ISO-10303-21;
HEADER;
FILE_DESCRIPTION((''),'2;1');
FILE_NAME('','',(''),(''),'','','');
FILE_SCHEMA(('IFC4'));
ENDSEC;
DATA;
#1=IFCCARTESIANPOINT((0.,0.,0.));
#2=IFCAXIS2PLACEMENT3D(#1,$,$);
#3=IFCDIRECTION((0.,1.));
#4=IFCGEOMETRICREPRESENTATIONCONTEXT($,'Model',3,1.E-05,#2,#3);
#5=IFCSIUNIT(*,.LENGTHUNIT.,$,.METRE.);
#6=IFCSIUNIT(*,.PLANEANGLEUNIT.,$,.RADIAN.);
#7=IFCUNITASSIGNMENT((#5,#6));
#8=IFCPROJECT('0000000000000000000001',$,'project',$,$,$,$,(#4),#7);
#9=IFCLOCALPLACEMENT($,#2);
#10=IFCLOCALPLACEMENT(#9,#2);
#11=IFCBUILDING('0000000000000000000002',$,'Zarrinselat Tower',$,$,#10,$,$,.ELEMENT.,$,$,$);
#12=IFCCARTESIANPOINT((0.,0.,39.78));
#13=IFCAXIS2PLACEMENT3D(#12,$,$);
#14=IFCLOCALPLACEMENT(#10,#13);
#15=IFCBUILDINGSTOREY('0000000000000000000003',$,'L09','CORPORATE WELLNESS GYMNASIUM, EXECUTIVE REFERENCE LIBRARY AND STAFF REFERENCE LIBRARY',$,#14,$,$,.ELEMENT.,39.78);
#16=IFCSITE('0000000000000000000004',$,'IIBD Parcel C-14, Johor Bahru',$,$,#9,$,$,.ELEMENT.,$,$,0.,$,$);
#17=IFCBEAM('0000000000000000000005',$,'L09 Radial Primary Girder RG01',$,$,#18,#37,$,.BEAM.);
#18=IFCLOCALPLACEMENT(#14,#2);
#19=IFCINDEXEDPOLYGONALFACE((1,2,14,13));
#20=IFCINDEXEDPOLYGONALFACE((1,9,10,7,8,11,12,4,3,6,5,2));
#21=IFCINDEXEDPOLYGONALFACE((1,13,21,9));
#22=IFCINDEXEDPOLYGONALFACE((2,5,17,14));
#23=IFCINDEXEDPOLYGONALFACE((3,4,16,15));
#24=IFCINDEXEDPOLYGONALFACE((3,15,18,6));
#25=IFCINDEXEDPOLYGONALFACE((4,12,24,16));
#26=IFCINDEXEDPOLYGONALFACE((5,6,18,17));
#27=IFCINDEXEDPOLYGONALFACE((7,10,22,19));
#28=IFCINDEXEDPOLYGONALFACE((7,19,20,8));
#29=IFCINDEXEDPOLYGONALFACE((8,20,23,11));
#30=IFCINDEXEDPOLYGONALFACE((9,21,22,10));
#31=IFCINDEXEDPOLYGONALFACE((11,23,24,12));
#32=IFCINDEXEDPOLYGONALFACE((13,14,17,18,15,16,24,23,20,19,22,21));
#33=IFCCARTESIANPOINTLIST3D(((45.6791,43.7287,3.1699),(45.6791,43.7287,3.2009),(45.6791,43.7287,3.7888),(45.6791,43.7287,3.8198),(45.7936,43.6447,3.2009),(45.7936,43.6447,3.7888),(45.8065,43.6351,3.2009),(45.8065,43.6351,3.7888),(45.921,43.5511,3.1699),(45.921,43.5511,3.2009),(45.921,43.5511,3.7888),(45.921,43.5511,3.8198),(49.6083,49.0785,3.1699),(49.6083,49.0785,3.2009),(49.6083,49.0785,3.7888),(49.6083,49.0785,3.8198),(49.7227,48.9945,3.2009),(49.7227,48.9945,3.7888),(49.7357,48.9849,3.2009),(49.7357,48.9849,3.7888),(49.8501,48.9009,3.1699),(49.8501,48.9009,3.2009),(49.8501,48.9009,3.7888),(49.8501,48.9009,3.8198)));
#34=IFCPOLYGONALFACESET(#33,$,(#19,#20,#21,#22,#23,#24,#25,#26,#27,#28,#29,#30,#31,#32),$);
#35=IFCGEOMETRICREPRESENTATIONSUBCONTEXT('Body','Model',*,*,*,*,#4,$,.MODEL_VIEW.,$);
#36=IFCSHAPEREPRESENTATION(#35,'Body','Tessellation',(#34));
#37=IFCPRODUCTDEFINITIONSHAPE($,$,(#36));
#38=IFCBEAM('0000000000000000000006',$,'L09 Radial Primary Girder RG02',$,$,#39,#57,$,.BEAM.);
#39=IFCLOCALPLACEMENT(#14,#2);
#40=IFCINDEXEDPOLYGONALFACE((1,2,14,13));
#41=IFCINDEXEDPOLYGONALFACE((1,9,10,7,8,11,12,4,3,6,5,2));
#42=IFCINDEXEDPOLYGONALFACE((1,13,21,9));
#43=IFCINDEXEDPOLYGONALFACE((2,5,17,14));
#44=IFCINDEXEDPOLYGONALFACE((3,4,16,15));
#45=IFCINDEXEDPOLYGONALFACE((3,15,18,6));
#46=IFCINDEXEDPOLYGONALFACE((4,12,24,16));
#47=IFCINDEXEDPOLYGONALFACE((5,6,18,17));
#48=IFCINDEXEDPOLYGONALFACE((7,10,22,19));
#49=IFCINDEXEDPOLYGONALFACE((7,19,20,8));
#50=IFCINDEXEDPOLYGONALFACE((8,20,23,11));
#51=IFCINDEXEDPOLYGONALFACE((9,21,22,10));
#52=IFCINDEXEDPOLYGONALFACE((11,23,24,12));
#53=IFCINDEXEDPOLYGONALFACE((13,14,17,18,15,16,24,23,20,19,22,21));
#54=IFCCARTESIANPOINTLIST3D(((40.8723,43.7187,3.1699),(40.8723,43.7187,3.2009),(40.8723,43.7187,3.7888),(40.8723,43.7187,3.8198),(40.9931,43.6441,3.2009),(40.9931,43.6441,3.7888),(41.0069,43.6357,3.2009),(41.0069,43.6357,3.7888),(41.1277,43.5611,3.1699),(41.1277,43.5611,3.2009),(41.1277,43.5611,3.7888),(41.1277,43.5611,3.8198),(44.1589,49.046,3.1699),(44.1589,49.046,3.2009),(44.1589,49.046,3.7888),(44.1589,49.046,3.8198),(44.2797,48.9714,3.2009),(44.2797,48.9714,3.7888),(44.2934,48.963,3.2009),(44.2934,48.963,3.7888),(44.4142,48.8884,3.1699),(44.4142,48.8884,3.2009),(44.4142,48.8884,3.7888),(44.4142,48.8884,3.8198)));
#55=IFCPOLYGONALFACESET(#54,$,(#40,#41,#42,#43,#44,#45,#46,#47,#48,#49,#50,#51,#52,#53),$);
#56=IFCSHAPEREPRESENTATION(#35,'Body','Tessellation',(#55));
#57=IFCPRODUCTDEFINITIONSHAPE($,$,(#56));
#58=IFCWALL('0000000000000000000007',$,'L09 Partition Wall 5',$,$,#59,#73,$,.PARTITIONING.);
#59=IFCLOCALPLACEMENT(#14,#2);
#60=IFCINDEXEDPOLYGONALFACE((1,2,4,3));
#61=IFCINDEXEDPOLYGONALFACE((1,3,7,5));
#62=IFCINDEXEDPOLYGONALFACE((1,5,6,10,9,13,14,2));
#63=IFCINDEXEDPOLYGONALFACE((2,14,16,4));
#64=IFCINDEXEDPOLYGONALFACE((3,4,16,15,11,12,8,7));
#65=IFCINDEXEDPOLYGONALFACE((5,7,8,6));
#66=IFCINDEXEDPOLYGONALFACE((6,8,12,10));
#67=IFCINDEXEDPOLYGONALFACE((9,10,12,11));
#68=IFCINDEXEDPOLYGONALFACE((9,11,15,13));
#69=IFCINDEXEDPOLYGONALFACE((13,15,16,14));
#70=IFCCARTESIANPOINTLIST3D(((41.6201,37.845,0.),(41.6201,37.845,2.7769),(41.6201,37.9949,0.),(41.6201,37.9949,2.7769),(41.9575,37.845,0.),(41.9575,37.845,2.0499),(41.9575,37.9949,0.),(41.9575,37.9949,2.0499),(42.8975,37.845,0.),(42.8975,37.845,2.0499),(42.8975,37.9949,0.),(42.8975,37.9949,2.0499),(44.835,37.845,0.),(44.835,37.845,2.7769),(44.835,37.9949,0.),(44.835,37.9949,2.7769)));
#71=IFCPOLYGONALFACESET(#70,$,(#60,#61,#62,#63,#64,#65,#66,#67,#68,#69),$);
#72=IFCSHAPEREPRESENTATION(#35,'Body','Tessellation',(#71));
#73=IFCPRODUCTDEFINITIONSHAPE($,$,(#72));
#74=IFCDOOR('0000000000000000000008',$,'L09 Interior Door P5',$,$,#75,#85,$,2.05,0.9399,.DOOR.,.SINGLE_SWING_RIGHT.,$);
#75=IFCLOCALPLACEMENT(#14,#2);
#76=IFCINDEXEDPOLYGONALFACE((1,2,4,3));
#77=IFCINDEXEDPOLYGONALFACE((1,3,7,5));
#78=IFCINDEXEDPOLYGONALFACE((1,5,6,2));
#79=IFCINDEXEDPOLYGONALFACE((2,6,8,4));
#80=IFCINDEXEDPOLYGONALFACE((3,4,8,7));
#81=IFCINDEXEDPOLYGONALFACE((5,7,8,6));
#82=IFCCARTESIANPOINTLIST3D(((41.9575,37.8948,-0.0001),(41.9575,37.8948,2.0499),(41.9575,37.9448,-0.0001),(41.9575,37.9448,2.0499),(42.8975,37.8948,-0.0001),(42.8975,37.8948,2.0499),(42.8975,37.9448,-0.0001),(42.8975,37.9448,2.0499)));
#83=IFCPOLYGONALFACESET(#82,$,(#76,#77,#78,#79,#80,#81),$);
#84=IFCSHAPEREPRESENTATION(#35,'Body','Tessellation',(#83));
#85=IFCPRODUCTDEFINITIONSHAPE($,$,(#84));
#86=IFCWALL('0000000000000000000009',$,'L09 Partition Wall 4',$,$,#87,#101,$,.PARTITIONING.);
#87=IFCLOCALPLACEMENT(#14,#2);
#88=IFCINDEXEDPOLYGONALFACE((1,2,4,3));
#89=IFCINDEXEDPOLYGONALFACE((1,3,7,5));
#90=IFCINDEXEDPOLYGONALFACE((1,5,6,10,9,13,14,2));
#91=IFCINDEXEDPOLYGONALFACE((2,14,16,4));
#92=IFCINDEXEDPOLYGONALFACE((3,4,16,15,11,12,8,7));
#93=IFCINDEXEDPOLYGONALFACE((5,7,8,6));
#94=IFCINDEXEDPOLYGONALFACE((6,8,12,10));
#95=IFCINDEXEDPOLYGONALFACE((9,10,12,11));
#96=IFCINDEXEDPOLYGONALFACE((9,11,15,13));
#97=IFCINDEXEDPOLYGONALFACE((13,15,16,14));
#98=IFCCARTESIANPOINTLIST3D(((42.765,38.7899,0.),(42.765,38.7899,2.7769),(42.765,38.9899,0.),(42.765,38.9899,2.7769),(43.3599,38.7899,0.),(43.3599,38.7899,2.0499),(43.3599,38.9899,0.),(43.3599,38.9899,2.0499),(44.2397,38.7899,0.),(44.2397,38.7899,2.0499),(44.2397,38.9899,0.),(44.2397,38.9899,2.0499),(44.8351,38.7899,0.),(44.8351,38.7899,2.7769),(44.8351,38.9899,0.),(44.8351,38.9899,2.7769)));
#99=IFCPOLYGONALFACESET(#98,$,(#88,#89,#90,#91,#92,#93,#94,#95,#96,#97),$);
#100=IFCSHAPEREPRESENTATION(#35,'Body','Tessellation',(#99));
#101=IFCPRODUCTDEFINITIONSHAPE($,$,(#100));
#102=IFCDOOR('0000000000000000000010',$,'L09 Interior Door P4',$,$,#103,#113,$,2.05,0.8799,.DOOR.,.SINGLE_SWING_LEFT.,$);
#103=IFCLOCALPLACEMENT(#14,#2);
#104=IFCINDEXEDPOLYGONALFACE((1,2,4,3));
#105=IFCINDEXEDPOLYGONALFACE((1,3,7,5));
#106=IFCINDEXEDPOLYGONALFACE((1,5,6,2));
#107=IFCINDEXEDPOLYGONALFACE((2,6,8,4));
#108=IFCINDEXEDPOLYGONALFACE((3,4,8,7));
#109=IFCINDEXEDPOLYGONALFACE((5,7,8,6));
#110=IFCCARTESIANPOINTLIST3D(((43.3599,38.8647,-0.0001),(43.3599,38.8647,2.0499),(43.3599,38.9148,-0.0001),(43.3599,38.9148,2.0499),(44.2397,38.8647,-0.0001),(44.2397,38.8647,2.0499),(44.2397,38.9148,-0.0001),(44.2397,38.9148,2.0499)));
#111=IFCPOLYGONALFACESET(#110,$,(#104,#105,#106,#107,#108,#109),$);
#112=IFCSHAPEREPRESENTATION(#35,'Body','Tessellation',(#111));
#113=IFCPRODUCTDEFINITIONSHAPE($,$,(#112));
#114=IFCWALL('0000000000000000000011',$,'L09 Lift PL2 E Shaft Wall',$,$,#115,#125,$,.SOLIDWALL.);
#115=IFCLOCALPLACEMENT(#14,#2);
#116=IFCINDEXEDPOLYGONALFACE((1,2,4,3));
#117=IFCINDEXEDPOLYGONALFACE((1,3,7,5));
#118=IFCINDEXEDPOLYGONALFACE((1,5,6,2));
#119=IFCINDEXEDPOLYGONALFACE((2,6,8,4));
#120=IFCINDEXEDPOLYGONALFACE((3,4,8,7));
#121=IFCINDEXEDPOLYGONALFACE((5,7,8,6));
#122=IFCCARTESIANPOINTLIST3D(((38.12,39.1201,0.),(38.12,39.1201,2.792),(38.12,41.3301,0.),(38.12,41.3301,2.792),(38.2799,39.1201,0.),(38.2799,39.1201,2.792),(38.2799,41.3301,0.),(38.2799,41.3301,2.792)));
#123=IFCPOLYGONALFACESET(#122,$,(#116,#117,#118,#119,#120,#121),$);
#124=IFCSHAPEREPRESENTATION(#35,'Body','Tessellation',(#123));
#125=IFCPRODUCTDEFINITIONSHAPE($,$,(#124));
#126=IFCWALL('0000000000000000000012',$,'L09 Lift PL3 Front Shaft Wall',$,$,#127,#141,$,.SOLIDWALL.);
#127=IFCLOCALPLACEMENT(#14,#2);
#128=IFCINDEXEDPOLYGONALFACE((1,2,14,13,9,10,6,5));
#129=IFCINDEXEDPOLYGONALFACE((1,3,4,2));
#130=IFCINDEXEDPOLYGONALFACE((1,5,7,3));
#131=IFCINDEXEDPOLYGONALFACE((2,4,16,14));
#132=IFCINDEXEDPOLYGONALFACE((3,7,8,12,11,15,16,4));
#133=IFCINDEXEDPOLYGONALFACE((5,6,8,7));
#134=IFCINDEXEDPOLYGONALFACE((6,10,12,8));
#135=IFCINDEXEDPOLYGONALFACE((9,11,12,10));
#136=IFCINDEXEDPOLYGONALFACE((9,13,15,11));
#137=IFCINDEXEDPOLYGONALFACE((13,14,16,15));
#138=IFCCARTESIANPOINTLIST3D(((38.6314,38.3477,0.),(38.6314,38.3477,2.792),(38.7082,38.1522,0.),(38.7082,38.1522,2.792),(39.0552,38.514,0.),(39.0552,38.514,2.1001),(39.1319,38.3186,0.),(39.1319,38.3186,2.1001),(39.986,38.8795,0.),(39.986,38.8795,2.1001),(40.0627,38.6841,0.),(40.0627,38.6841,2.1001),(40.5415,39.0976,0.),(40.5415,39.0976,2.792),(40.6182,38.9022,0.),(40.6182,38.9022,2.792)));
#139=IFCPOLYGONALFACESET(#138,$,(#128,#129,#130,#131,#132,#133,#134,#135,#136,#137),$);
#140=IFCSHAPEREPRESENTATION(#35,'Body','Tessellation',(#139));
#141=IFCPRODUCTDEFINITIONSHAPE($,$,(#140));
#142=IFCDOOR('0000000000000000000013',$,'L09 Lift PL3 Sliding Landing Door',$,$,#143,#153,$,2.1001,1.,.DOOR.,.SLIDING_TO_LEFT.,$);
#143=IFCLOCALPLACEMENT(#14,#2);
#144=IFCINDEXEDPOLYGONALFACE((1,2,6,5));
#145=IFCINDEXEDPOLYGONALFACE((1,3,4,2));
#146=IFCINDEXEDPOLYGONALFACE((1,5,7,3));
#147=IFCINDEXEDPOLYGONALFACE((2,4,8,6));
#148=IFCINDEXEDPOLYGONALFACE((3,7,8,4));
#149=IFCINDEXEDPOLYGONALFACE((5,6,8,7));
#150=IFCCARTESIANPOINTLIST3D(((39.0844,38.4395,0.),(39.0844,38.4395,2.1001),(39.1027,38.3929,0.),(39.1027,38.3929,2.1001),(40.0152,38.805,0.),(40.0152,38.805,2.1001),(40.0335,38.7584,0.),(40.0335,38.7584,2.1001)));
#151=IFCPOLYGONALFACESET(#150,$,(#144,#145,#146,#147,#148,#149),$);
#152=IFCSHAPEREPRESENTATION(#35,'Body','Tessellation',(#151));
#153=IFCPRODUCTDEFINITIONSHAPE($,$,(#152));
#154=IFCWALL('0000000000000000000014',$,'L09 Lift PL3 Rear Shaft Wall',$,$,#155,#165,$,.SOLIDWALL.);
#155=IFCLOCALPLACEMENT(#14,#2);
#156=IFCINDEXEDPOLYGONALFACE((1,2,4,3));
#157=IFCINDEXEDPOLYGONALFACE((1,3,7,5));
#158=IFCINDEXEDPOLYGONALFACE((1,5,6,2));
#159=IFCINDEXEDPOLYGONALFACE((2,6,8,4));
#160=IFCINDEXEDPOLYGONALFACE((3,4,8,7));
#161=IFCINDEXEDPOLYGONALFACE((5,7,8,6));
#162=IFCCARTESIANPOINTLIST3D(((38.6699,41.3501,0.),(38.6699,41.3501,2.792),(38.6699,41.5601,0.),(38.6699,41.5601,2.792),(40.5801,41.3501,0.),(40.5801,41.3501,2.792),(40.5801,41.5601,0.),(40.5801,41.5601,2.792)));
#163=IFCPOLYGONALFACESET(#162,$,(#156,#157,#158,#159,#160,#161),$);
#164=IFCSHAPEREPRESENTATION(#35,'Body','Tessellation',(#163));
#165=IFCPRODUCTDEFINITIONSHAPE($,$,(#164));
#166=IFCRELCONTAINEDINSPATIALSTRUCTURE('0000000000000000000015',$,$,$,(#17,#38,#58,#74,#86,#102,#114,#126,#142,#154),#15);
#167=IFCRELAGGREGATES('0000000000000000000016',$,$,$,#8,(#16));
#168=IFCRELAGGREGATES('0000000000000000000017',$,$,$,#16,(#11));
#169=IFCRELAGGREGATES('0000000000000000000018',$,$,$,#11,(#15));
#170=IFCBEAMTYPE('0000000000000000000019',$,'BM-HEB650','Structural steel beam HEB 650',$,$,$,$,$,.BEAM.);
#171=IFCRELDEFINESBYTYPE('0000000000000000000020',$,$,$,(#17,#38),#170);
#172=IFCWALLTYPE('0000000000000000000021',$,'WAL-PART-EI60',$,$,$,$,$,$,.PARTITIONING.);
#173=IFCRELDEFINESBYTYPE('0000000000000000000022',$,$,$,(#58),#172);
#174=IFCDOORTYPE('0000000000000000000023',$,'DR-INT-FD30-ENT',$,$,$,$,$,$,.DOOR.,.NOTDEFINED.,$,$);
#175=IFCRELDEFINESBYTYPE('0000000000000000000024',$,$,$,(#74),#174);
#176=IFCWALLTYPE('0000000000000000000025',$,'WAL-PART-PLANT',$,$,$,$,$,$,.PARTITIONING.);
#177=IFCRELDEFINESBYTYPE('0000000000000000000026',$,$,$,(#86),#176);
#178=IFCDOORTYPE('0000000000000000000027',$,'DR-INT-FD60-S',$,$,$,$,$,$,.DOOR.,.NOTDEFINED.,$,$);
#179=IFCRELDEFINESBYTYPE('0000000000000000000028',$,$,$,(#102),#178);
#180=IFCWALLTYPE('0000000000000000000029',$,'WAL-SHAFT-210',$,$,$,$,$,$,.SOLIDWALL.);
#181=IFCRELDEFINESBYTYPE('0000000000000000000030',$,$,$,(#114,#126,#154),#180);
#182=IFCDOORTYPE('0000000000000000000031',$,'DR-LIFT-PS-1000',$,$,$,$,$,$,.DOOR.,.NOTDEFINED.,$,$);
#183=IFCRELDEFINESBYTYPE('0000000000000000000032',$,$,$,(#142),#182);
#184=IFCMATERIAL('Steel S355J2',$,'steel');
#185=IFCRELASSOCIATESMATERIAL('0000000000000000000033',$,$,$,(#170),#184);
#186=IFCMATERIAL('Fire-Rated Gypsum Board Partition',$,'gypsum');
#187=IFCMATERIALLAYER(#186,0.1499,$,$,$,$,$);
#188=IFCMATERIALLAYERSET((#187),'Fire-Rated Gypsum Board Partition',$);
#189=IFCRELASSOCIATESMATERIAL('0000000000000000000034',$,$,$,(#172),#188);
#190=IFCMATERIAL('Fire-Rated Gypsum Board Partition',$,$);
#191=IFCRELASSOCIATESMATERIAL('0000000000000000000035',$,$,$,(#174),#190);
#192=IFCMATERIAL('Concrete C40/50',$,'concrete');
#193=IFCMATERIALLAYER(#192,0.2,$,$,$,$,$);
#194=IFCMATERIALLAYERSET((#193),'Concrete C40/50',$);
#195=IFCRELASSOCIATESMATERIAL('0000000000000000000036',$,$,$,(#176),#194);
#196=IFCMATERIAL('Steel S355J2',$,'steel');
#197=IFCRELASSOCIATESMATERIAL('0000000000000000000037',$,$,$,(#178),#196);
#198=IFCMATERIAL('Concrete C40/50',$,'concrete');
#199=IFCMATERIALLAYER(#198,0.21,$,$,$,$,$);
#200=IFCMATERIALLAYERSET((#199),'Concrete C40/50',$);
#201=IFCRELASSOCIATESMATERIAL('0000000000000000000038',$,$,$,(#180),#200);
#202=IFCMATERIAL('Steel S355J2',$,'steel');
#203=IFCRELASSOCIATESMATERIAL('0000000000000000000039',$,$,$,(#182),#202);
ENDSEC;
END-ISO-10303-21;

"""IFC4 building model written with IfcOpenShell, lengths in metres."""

from ifc_helpers import new_model, si_unit, direction, frame, frame_2d, origin, origin_2d, place, context, subcontext, project, spatial, rectangle, i_section, extrude, material, layer, layer_set, material_profile, profile_set, type_object, element, fill, save


model = new_model("IFC4")

# Units and contexts
model_context = context("Model", 3, precision=1e-05, world=origin(), true_north=direction((0.0, 1.0)))
body_context = subcontext(model_context, "Body", "Model", "MODEL_VIEW")
ifc_project = project(units=[si_unit("LENGTHUNIT", "METRE"), si_unit("PLANEANGLEUNIT", "RADIAN")], contexts=[model_context])

# Site, building, storey
site_placement = place(None, origin())
site = spatial("IfcSite", under=ifc_project, at=site_placement, Name="IIBD Parcel C-14, Johor Bahru", CompositionType="ELEMENT", RefElevation=0.0)
building_placement = place(site_placement, origin())
building = spatial("IfcBuilding", under=site, at=building_placement, Name="Zarrinselat Tower", CompositionType="ELEMENT")
storey_placement = place(building_placement, frame((0.0, 0.0, 39.78)))
storey = spatial("IfcBuildingStorey", under=building, at=storey_placement, Name="L09", Description="CORPORATE WELLNESS GYMNASIUM, EXECUTIVE REFERENCE LIBRARY AND STAFF REFERENCE LIBRARY", CompositionType="ELEMENT", Elevation=39.78)

# Beams
ifc_material_1 = material(Name="Steel S355J2", Category="steel")
ifc_material_profile = material_profile(ifc_material_1, i_section(OverallWidth=0.3, OverallDepth=0.6499, WebThickness=0.0161, FlangeThickness=0.031, at=origin_2d()), Name="HEB 650")
ifc_profile_set = profile_set([ifc_material_profile], Name="Steel S355J2")
beam_type = type_object("IfcBeamType", Name="BM-HEB650", Description="Structural steel beam HEB 650", PredefinedType="BEAM", material=ifc_profile_set)
beam_1_placement = place(storey_placement, frame((45.8, 43.6399, 3.4949), z_axis=(0.591949, 0.805976, 0.0), x_axis=(-0.805976, 0.591949, 0.0)))
element("IfcBeam", 1, at=beam_1_placement, inside=storey, type_object=beam_type, Name="L09 Radial Primary Girder RG01", PredefinedType="BEAM", context=body_context, shape_type="SweptSolid", body=[
    extrude(i_section(OverallWidth=0.3, OverallDepth=0.6499, WebThickness=0.0161, FlangeThickness=0.031, at=origin_2d()), origin(), (0.0, 0.0, 1.0), 6.6377),
])
beam_2_placement = place(storey_placement, frame((41.0, 43.6399, 3.4949), z_axis=(0.52505, 0.851071, 0.0), x_axis=(-0.851071, 0.52505, 0.0)))
element("IfcBeam", 2, at=beam_2_placement, inside=storey, type_object=beam_type, Name="L09 Radial Primary Girder RG02", PredefinedType="BEAM", context=body_context, shape_type="SweptSolid", body=[
    extrude(i_section(OverallWidth=0.3, OverallDepth=0.6499, WebThickness=0.0161, FlangeThickness=0.031, at=origin_2d()), origin(), (0.0, 0.0, 1.0), 6.2595),
])

# Walls, openings, doors
ifc_material_2 = material(Name="Fire-Rated Gypsum Board Partition", Category="gypsum")
ifc_layer_1 = layer(ifc_material_2, 0.1499)
ifc_layer_set_1 = layer_set([ifc_layer_1], Name="Fire-Rated Gypsum Board Partition")
wall_type_1 = type_object("IfcWallType", Name="WAL-PART-EI60", PredefinedType="PARTITIONING", material=ifc_layer_set_1)
wall_1_placement = place(storey_placement, frame((41.6201, 37.9199, 0.0), z_axis=(0.0, 0.0, 1.0), x_axis=(1.0, 0.0, 0.0)))
wall_1 = element("IfcWall", 3, at=wall_1_placement, inside=storey, type_object=wall_type_1, Name="L09 Partition Wall 5", PredefinedType="PARTITIONING", context=body_context, shape_type="SweptSolid", body=[
    extrude(rectangle(XDim=3.2148, YDim=0.1499, at=frame_2d((1.6074, 0.0))), origin(), (0.0, 0.0, 1.0), 2.7769),
])
opening_1_placement = place(wall_1_placement, frame((0.3374, 0.0, 0.0)))
opening_1 = element("IfcOpeningElement", 4, at=opening_1_placement, cuts=wall_1, PredefinedType="OPENING", context=body_context, shape_type="SweptSolid", body=[
    extrude(rectangle(XDim=0.9399, YDim=2.05, at=frame_2d((0.47, 1.0249))), frame((0.0, 0.085, 0.0), z_axis=(0.0, -1.0, 0.0), x_axis=(1.0, 0.0, 0.0)), (0.0, 0.0, 1.0), 0.1699),
])
ifc_material_3 = material(Name="Fire-Rated Gypsum Board Partition")
door_type_1 = type_object("IfcDoorType", Name="DR-INT-FD30-ENT", OperationType="NOTDEFINED", PredefinedType="DOOR", material=ifc_material_3)
door_1_placement = place(opening_1_placement, origin())
door_1 = element("IfcDoor", 5, at=door_1_placement, inside=storey, type_object=door_type_1, Name="L09 Interior Door P5", OperationType="SINGLE_SWING_RIGHT", OverallHeight=2.05, OverallWidth=0.9399, PredefinedType="DOOR", context=body_context, shape_type="SweptSolid", body=[
    extrude(rectangle(XDim=0.9399, YDim=2.05, at=frame_2d((0.47, 1.0249))), frame((0.0, 0.0249, 0.0), z_axis=(0.0, -1.0, 0.0), x_axis=(1.0, 0.0, 0.0)), (0.0, 0.0, 1.0), 0.05),
])
fill(opening_1, door_1)
ifc_material_4 = material(Name="Concrete C40/50", Category="concrete")
ifc_layer_2 = layer(ifc_material_4, 0.2)
ifc_layer_set_2 = layer_set([ifc_layer_2], Name="Concrete C40/50")
wall_type_2 = type_object("IfcWallType", Name="WAL-PART-PLANT", PredefinedType="PARTITIONING", material=ifc_layer_set_2)
wall_2_placement = place(storey_placement, frame((42.7649, 38.8899, 0.0), z_axis=(0.0, 0.0, 1.0), x_axis=(1.0, 0.0, 0.0)))
wall_2 = element("IfcWall", 6, at=wall_2_placement, inside=storey, type_object=wall_type_2, Name="L09 Partition Wall 4", PredefinedType="PARTITIONING", context=body_context, shape_type="SweptSolid", body=[
    extrude(rectangle(XDim=2.0701, YDim=0.2, at=frame_2d((1.0352, 0.0))), origin(), (0.0, 0.0, 1.0), 2.7769),
])
opening_2_placement = place(wall_2_placement, frame((0.595, 0.0, 0.0)))
opening_2 = element("IfcOpeningElement", 7, at=opening_2_placement, cuts=wall_2, PredefinedType="OPENING", context=body_context, shape_type="SweptSolid", body=[
    extrude(rectangle(XDim=0.8799, YDim=2.05, at=frame_2d((0.4399, 1.0249))), frame((0.0, 0.1099, 0.0), z_axis=(0.0, -1.0, 0.0), x_axis=(1.0, 0.0, 0.0)), (0.0, 0.0, 1.0), 0.22),
])
ifc_material_5 = material(Name="Steel S355J2", Category="steel")
door_type_2 = type_object("IfcDoorType", Name="DR-INT-FD60-S", OperationType="NOTDEFINED", PredefinedType="DOOR", material=ifc_material_5)
door_2_placement = place(opening_2_placement, origin())
door_2 = element("IfcDoor", 8, at=door_2_placement, inside=storey, type_object=door_type_2, Name="L09 Interior Door P4", OperationType="SINGLE_SWING_LEFT", OverallHeight=2.05, OverallWidth=0.8799, PredefinedType="DOOR", context=body_context, shape_type="SweptSolid", body=[
    extrude(rectangle(XDim=0.8799, YDim=2.05, at=frame_2d((0.4399, 1.0249))), frame((0.0, 0.0249, 0.0), z_axis=(0.0, -1.0, 0.0), x_axis=(1.0, 0.0, 0.0)), (0.0, 0.0, 1.0), 0.05),
])
fill(opening_2, door_2)

# Wall
ifc_material_6 = material(Name="Concrete C40/50", Category="concrete")
ifc_layer_3 = layer(ifc_material_6, 0.21)
ifc_layer_set_3 = layer_set([ifc_layer_3], Name="Concrete C40/50")
wall_type_3 = type_object("IfcWallType", Name="WAL-SHAFT-210", PredefinedType="SOLIDWALL", material=ifc_layer_set_3)
wall_3_placement = place(storey_placement, frame((38.2, 39.1201, 0.0), z_axis=(0.0, 0.0, 1.0), x_axis=(0.0, 1.0, 0.0)))
element("IfcWall", 9, at=wall_3_placement, inside=storey, type_object=wall_type_3, Name="L09 Lift PL2 E Shaft Wall", PredefinedType="SOLIDWALL", context=body_context, shape_type="SweptSolid", body=[
    extrude(rectangle(XDim=2.21, YDim=0.1599, at=frame_2d((1.105, 0.0))), origin(), (0.0, 0.0, 1.0), 2.792),
])

# Wall, opening, door
wall_4_placement = place(storey_placement, frame((38.6699, 38.25, 0.0), z_axis=(0.0, 0.0, 1.0), x_axis=(0.930821, 0.365476, 0.0)))
wall_4 = element("IfcWall", 10, at=wall_4_placement, inside=storey, type_object=wall_type_3, Name="L09 Lift PL3 Front Shaft Wall", PredefinedType="SOLIDWALL", context=body_context, shape_type="SweptSolid", body=[
    extrude(rectangle(XDim=2.052, YDim=0.21, at=frame_2d((1.0259, 0.0))), origin(), (0.0, 0.0, 1.0), 2.792),
])
opening_3_placement = place(wall_4_placement, frame((0.4551, 0.0, 0.0)))
opening_3 = element("IfcOpeningElement", 11, at=opening_3_placement, cuts=wall_4, PredefinedType="OPENING", context=body_context, shape_type="SweptSolid", body=[
    extrude(rectangle(XDim=1.0, YDim=2.1001, at=frame_2d((0.5, 1.05))), frame((0.0, 0.115, 0.0), z_axis=(0.0, -1.0, 0.0), x_axis=(1.0, 0.0, 0.0)), (0.0, 0.0, 1.0), 0.23),
])
ifc_material_7 = material(Name="Steel S355J2", Category="steel")
door_type_3 = type_object("IfcDoorType", Name="DR-LIFT-PS-1000", OperationType="NOTDEFINED", PredefinedType="DOOR", material=ifc_material_7)
door_3_placement = place(opening_3_placement, origin())
door_3 = element("IfcDoor", 12, at=door_3_placement, inside=storey, type_object=door_type_3, Name="L09 Lift PL3 Sliding Landing Door", OperationType="SLIDING_TO_LEFT", OverallHeight=2.1001, OverallWidth=1.0, PredefinedType="DOOR", context=body_context, shape_type="SweptSolid", body=[
    extrude(rectangle(XDim=1.0, YDim=2.1001, at=frame_2d((0.5, 1.05))), frame((0.0, 0.0249, 0.0), z_axis=(0.0, -1.0, 0.0), x_axis=(1.0, 0.0, 0.0)), (0.0, 0.0, 1.0), 0.05),
])
fill(opening_3, door_3)

# Wall
wall_5_placement = place(storey_placement, frame((38.6699, 41.4551, 0.0), z_axis=(0.0, 0.0, 1.0), x_axis=(1.0, 0.0, 0.0)))
element("IfcWall", 13, at=wall_5_placement, inside=storey, type_object=wall_type_3, Name="L09 Lift PL3 Rear Shaft Wall", PredefinedType="SOLIDWALL", context=body_context, shape_type="SweptSolid", body=[
    extrude(rectangle(XDim=1.9102, YDim=0.21, at=frame_2d((0.9551, 0.0))), origin(), (0.0, 0.0, 1.0), 2.792),
])

save(model, "model.ifc")
